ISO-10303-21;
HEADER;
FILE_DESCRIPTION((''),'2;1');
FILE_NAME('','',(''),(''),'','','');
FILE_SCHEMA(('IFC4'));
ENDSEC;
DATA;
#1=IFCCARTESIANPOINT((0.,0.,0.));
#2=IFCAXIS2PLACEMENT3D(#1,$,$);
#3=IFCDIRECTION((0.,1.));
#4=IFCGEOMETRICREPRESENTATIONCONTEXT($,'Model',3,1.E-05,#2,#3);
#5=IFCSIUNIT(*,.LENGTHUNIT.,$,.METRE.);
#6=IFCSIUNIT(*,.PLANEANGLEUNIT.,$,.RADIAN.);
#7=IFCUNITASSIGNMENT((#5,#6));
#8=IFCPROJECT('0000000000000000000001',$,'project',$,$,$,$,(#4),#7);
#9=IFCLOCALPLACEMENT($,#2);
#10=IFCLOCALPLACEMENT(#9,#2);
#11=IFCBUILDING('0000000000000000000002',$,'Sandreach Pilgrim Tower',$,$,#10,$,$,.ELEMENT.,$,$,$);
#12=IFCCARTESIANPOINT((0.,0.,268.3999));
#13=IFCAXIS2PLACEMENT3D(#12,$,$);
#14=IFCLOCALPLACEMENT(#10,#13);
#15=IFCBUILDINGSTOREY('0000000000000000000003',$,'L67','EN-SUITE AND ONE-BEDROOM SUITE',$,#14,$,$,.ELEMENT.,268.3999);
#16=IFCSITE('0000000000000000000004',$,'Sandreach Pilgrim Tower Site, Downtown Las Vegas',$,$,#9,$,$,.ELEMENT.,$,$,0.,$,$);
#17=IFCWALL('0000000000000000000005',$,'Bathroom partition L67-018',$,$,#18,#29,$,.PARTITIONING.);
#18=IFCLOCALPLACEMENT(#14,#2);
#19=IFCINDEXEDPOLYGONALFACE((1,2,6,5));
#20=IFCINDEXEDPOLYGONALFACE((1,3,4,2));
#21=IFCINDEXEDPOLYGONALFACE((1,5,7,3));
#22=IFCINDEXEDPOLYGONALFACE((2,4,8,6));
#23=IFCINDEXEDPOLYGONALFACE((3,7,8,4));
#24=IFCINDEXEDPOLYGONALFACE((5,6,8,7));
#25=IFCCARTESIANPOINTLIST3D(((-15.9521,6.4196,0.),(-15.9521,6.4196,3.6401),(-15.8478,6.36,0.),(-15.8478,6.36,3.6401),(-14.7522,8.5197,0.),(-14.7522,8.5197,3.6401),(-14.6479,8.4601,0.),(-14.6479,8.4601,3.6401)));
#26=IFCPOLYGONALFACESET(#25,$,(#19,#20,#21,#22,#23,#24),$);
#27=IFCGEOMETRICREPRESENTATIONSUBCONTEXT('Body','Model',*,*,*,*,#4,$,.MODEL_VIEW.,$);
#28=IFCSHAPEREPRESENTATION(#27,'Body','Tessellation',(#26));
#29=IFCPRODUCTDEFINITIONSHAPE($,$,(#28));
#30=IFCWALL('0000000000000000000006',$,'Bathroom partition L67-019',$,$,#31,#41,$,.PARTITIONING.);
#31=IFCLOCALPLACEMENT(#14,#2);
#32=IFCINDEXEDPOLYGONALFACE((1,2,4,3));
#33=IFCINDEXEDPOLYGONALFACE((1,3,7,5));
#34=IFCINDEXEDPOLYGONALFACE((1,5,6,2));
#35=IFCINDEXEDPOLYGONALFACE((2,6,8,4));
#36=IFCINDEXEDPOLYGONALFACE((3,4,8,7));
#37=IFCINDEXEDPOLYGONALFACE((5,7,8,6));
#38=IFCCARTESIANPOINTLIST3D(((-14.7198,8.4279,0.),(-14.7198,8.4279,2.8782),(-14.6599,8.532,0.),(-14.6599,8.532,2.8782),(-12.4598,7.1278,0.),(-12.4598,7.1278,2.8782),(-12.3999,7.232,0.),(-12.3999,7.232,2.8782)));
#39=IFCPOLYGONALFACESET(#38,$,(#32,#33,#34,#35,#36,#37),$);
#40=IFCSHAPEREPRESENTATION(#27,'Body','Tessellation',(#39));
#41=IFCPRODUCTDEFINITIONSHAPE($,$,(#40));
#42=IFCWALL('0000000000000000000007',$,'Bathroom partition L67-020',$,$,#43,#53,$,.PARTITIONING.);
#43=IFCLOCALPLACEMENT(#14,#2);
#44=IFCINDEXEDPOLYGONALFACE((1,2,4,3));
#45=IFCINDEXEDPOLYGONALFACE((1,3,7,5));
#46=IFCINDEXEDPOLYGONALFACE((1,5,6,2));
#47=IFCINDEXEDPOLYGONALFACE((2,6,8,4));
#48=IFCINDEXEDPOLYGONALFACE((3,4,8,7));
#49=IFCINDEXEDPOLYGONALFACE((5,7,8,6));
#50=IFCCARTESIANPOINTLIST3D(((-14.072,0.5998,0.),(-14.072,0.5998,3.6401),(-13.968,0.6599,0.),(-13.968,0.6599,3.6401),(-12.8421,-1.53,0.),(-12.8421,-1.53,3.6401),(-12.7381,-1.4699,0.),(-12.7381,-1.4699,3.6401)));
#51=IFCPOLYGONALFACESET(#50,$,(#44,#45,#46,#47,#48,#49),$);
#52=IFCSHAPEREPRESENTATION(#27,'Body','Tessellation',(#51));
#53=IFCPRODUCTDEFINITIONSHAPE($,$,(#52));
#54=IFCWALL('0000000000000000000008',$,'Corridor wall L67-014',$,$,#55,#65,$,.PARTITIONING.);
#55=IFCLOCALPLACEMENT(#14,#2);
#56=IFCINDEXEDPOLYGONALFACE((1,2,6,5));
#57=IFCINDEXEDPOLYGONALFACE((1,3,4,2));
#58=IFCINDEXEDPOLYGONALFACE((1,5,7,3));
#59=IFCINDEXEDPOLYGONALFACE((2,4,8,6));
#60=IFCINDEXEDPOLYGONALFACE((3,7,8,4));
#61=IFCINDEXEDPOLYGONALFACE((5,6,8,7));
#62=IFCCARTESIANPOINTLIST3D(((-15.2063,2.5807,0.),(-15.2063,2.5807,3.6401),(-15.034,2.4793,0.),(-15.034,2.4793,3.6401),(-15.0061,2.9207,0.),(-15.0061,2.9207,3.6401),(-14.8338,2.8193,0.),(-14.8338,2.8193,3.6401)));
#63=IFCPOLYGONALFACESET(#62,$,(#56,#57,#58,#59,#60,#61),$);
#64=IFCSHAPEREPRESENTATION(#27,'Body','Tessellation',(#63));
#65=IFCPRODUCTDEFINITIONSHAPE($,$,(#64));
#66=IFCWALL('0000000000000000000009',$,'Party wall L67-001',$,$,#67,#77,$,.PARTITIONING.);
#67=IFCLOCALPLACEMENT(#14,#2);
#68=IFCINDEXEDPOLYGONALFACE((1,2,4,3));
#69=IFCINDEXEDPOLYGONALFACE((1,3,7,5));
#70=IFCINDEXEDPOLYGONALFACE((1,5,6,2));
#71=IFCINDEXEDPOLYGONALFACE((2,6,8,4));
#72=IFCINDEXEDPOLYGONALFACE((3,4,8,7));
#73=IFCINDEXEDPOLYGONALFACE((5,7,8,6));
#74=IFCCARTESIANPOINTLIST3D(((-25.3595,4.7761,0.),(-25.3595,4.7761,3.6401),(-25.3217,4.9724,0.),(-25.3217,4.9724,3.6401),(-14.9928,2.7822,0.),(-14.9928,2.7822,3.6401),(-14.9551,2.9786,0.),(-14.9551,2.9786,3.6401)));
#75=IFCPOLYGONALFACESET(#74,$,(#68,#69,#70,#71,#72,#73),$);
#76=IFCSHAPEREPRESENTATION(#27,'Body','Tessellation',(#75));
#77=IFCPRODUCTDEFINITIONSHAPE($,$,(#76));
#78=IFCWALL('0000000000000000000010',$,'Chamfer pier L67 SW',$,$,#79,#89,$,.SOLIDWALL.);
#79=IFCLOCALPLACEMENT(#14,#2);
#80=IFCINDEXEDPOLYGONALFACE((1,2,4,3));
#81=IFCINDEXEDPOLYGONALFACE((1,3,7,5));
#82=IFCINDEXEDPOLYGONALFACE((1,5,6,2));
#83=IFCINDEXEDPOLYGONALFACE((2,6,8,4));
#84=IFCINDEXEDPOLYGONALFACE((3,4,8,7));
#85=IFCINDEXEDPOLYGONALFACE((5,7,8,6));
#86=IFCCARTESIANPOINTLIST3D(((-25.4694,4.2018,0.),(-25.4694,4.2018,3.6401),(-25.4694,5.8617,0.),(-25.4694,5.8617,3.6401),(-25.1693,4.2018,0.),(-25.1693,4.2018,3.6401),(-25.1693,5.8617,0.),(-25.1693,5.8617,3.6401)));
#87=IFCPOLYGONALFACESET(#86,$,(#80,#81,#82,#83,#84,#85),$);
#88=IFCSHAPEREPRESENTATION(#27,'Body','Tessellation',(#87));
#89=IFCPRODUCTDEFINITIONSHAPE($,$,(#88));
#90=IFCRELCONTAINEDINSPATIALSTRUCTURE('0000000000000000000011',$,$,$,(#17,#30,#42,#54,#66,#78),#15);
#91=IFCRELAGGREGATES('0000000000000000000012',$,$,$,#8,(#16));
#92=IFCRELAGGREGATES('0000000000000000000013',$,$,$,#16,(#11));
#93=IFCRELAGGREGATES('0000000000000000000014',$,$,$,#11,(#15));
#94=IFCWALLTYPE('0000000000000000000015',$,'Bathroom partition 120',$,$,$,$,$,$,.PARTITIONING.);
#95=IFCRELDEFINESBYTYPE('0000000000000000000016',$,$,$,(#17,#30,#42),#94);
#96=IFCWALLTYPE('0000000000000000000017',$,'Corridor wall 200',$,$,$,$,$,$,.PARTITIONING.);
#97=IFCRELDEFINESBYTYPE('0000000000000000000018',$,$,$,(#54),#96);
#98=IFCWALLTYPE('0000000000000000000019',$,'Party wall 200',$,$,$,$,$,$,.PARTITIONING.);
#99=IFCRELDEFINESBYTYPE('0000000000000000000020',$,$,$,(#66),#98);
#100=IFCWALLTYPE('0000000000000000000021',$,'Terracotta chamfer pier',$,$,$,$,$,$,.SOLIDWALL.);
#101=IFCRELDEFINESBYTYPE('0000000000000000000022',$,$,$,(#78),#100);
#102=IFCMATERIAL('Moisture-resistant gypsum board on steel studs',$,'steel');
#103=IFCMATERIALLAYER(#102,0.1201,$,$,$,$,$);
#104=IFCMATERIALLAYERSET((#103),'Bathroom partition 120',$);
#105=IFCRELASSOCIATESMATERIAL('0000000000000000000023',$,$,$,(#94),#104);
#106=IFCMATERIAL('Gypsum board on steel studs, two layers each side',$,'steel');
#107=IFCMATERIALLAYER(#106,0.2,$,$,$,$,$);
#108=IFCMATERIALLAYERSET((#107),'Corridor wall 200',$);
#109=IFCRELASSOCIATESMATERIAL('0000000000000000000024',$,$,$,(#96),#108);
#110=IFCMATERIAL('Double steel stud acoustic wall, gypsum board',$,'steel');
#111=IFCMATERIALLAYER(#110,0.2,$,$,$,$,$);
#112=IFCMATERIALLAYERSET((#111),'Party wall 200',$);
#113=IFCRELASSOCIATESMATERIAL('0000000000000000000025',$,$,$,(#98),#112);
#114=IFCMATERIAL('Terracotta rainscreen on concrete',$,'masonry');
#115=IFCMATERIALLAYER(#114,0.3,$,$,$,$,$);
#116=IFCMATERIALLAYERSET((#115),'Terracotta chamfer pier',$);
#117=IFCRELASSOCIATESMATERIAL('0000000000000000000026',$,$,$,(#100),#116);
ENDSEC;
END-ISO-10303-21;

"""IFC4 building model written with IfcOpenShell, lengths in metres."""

from ifc_helpers import new_model, si_unit, direction, frame, frame_2d, origin, place, context, subcontext, project, spatial, rectangle, extrude, material, layer, layer_set, type_object, element, save


model = new_model("IFC4")

# Units and contexts
model_context = context("Model", 3, precision=1e-05, world=origin(), true_north=direction((0.0, 1.0)))
body_context = subcontext(model_context, "Body", "Model", "MODEL_VIEW")
ifc_project = project(units=[si_unit("LENGTHUNIT", "METRE"), si_unit("PLANEANGLEUNIT", "RADIAN")], contexts=[model_context])

# Site, building, storey
site_placement = place(None, origin())
site = spatial("IfcSite", under=ifc_project, at=site_placement, Name="Sandreach Pilgrim Tower Site, Downtown Las Vegas", CompositionType="ELEMENT", RefElevation=0.0)
building_placement = place(site_placement, origin())
building = spatial("IfcBuilding", under=site, at=building_placement, Name="Sandreach Pilgrim Tower", CompositionType="ELEMENT")
storey_placement = place(building_placement, frame((0.0, 0.0, 268.3999)))
storey = spatial("IfcBuildingStorey", under=building, at=storey_placement, Name="L67", Description="EN-SUITE AND ONE-BEDROOM SUITE", CompositionType="ELEMENT", Elevation=268.3999)

# Shared definitions
ifc_material_1 = material(Name="Moisture-resistant gypsum board on steel studs", Category="steel")
ifc_layer_1 = layer(ifc_material_1, 0.1201)
ifc_layer_set_1 = layer_set([ifc_layer_1], Name="Bathroom partition 120")
wall_type_1 = type_object("IfcWallType", Name="Bathroom partition 120", PredefinedType="PARTITIONING", material=ifc_layer_set_1)

# Walls
wall_1_placement = place(storey_placement, frame((-14.7, 8.49, 0.0), z_axis=(0.0, 0.0, 1.0), x_axis=(-0.496106, -0.868262, 0.0)))
element("IfcWall", 1, at=wall_1_placement, inside=storey, type_object=wall_type_1, Name="Bathroom partition L67-018", PredefinedType="PARTITIONING", context=body_context, shape_type="SweptSolid", body=[
    extrude(rectangle(XDim=2.4187, YDim=0.1201, at=frame_2d((1.2095, 0.0))), origin(), (0.0, 0.0, 1.0), 3.6401),
])
wall_2_placement = place(storey_placement, frame((-14.6899, 8.48, 0.0), z_axis=(0.0, 0.0, 1.0), x_axis=(0.866816, -0.498628, 0.0)))
element("IfcWall", 2, at=wall_2_placement, inside=storey, type_object=wall_type_1, Name="Bathroom partition L67-019", PredefinedType="PARTITIONING", context=body_context, shape_type="SweptSolid", body=[
    extrude(rectangle(XDim=2.6072, YDim=0.1201, at=frame_2d((1.3037, 0.0))), origin(), (0.0, 0.0, 1.0), 2.8782),
])
wall_3_placement = place(storey_placement, frame((-14.02, 0.6299, 0.0), z_axis=(0.0, 0.0, 1.0), x_axis=(0.500089, -0.865974, 0.0)))
element("IfcWall", 3, at=wall_3_placement, inside=storey, type_object=wall_type_1, Name="Bathroom partition L67-020", PredefinedType="PARTITIONING", context=body_context, shape_type="SweptSolid", body=[
    extrude(rectangle(XDim=2.4595, YDim=0.1201, at=frame_2d((1.2297, 0.0))), origin(), (0.0, 0.0, 1.0), 3.6401),
])
ifc_material_2 = material(Name="Gypsum board on steel studs, two layers each side", Category="steel")
ifc_layer_2 = layer(ifc_material_2, 0.2)
ifc_layer_set_2 = layer_set([ifc_layer_2], Name="Corridor wall 200")
wall_type_2 = type_object("IfcWallType", Name="Corridor wall 200", PredefinedType="PARTITIONING", material=ifc_layer_set_2)
wall_4_placement = place(storey_placement, frame((-15.1201, 2.53, 0.0), z_axis=(0.0, 0.0, 1.0), x_axis=(0.50729, 0.861775, 0.0)))
element("IfcWall", 4, at=wall_4_placement, inside=storey, type_object=wall_type_2, Name="Corridor wall L67-014", PredefinedType="PARTITIONING", context=body_context, shape_type="SweptSolid", body=[
    extrude(rectangle(XDim=0.3945, YDim=0.2, at=frame_2d((0.1973, 0.0))), origin(), (0.0, 0.0, 1.0), 3.6401),
])

# Walls
ifc_material_3 = material(Name="Double steel stud acoustic wall, gypsum board", Category="steel")
ifc_layer_3 = layer(ifc_material_3, 0.2)
ifc_layer_set_3 = layer_set([ifc_layer_3], Name="Party wall 200")
wall_type_3 = type_object("IfcWallType", Name="Party wall 200", PredefinedType="PARTITIONING", material=ifc_layer_set_3)
wall_5_placement = place(storey_placement, frame((-25.3406, 4.8743, 0.0), z_axis=(0.0, 0.0, 1.0), x_axis=(0.982001, -0.188875, 0.0)))
element("IfcWall", 5, at=wall_5_placement, inside=storey, type_object=wall_type_3, Name="Party wall L67-001", PredefinedType="PARTITIONING", context=body_context, shape_type="SweptSolid", body=[
    extrude(rectangle(XDim=10.5566, YDim=0.2, at=frame_2d((5.2783, 0.0))), origin(), (0.0, 0.0, 1.0), 3.6401),
])
ifc_material_4 = material(Name="Terracotta rainscreen on concrete", Category="masonry")
ifc_layer_4 = layer(ifc_material_4, 0.3)
ifc_layer_set_4 = layer_set([ifc_layer_4], Name="Terracotta chamfer pier")
wall_type_4 = type_object("IfcWallType", Name="Terracotta chamfer pier", PredefinedType="SOLIDWALL", material=ifc_layer_set_4)
wall_6_placement = place(storey_placement, frame((-25.3193, 4.2017, 0.0), z_axis=(0.0, 0.0, 1.0), x_axis=(0.0, 1.0, 0.0)))
element("IfcWall", 6, at=wall_6_placement, inside=storey, type_object=wall_type_4, Name="Chamfer pier L67 SW", PredefinedType="SOLIDWALL", context=body_context, shape_type="SweptSolid", body=[
    extrude(rectangle(XDim=1.6599, YDim=0.3, at=frame_2d((0.8301, 0.0))), origin(), (0.0, 0.0, 1.0), 3.6401),
])

save(model, "model.ifc")
